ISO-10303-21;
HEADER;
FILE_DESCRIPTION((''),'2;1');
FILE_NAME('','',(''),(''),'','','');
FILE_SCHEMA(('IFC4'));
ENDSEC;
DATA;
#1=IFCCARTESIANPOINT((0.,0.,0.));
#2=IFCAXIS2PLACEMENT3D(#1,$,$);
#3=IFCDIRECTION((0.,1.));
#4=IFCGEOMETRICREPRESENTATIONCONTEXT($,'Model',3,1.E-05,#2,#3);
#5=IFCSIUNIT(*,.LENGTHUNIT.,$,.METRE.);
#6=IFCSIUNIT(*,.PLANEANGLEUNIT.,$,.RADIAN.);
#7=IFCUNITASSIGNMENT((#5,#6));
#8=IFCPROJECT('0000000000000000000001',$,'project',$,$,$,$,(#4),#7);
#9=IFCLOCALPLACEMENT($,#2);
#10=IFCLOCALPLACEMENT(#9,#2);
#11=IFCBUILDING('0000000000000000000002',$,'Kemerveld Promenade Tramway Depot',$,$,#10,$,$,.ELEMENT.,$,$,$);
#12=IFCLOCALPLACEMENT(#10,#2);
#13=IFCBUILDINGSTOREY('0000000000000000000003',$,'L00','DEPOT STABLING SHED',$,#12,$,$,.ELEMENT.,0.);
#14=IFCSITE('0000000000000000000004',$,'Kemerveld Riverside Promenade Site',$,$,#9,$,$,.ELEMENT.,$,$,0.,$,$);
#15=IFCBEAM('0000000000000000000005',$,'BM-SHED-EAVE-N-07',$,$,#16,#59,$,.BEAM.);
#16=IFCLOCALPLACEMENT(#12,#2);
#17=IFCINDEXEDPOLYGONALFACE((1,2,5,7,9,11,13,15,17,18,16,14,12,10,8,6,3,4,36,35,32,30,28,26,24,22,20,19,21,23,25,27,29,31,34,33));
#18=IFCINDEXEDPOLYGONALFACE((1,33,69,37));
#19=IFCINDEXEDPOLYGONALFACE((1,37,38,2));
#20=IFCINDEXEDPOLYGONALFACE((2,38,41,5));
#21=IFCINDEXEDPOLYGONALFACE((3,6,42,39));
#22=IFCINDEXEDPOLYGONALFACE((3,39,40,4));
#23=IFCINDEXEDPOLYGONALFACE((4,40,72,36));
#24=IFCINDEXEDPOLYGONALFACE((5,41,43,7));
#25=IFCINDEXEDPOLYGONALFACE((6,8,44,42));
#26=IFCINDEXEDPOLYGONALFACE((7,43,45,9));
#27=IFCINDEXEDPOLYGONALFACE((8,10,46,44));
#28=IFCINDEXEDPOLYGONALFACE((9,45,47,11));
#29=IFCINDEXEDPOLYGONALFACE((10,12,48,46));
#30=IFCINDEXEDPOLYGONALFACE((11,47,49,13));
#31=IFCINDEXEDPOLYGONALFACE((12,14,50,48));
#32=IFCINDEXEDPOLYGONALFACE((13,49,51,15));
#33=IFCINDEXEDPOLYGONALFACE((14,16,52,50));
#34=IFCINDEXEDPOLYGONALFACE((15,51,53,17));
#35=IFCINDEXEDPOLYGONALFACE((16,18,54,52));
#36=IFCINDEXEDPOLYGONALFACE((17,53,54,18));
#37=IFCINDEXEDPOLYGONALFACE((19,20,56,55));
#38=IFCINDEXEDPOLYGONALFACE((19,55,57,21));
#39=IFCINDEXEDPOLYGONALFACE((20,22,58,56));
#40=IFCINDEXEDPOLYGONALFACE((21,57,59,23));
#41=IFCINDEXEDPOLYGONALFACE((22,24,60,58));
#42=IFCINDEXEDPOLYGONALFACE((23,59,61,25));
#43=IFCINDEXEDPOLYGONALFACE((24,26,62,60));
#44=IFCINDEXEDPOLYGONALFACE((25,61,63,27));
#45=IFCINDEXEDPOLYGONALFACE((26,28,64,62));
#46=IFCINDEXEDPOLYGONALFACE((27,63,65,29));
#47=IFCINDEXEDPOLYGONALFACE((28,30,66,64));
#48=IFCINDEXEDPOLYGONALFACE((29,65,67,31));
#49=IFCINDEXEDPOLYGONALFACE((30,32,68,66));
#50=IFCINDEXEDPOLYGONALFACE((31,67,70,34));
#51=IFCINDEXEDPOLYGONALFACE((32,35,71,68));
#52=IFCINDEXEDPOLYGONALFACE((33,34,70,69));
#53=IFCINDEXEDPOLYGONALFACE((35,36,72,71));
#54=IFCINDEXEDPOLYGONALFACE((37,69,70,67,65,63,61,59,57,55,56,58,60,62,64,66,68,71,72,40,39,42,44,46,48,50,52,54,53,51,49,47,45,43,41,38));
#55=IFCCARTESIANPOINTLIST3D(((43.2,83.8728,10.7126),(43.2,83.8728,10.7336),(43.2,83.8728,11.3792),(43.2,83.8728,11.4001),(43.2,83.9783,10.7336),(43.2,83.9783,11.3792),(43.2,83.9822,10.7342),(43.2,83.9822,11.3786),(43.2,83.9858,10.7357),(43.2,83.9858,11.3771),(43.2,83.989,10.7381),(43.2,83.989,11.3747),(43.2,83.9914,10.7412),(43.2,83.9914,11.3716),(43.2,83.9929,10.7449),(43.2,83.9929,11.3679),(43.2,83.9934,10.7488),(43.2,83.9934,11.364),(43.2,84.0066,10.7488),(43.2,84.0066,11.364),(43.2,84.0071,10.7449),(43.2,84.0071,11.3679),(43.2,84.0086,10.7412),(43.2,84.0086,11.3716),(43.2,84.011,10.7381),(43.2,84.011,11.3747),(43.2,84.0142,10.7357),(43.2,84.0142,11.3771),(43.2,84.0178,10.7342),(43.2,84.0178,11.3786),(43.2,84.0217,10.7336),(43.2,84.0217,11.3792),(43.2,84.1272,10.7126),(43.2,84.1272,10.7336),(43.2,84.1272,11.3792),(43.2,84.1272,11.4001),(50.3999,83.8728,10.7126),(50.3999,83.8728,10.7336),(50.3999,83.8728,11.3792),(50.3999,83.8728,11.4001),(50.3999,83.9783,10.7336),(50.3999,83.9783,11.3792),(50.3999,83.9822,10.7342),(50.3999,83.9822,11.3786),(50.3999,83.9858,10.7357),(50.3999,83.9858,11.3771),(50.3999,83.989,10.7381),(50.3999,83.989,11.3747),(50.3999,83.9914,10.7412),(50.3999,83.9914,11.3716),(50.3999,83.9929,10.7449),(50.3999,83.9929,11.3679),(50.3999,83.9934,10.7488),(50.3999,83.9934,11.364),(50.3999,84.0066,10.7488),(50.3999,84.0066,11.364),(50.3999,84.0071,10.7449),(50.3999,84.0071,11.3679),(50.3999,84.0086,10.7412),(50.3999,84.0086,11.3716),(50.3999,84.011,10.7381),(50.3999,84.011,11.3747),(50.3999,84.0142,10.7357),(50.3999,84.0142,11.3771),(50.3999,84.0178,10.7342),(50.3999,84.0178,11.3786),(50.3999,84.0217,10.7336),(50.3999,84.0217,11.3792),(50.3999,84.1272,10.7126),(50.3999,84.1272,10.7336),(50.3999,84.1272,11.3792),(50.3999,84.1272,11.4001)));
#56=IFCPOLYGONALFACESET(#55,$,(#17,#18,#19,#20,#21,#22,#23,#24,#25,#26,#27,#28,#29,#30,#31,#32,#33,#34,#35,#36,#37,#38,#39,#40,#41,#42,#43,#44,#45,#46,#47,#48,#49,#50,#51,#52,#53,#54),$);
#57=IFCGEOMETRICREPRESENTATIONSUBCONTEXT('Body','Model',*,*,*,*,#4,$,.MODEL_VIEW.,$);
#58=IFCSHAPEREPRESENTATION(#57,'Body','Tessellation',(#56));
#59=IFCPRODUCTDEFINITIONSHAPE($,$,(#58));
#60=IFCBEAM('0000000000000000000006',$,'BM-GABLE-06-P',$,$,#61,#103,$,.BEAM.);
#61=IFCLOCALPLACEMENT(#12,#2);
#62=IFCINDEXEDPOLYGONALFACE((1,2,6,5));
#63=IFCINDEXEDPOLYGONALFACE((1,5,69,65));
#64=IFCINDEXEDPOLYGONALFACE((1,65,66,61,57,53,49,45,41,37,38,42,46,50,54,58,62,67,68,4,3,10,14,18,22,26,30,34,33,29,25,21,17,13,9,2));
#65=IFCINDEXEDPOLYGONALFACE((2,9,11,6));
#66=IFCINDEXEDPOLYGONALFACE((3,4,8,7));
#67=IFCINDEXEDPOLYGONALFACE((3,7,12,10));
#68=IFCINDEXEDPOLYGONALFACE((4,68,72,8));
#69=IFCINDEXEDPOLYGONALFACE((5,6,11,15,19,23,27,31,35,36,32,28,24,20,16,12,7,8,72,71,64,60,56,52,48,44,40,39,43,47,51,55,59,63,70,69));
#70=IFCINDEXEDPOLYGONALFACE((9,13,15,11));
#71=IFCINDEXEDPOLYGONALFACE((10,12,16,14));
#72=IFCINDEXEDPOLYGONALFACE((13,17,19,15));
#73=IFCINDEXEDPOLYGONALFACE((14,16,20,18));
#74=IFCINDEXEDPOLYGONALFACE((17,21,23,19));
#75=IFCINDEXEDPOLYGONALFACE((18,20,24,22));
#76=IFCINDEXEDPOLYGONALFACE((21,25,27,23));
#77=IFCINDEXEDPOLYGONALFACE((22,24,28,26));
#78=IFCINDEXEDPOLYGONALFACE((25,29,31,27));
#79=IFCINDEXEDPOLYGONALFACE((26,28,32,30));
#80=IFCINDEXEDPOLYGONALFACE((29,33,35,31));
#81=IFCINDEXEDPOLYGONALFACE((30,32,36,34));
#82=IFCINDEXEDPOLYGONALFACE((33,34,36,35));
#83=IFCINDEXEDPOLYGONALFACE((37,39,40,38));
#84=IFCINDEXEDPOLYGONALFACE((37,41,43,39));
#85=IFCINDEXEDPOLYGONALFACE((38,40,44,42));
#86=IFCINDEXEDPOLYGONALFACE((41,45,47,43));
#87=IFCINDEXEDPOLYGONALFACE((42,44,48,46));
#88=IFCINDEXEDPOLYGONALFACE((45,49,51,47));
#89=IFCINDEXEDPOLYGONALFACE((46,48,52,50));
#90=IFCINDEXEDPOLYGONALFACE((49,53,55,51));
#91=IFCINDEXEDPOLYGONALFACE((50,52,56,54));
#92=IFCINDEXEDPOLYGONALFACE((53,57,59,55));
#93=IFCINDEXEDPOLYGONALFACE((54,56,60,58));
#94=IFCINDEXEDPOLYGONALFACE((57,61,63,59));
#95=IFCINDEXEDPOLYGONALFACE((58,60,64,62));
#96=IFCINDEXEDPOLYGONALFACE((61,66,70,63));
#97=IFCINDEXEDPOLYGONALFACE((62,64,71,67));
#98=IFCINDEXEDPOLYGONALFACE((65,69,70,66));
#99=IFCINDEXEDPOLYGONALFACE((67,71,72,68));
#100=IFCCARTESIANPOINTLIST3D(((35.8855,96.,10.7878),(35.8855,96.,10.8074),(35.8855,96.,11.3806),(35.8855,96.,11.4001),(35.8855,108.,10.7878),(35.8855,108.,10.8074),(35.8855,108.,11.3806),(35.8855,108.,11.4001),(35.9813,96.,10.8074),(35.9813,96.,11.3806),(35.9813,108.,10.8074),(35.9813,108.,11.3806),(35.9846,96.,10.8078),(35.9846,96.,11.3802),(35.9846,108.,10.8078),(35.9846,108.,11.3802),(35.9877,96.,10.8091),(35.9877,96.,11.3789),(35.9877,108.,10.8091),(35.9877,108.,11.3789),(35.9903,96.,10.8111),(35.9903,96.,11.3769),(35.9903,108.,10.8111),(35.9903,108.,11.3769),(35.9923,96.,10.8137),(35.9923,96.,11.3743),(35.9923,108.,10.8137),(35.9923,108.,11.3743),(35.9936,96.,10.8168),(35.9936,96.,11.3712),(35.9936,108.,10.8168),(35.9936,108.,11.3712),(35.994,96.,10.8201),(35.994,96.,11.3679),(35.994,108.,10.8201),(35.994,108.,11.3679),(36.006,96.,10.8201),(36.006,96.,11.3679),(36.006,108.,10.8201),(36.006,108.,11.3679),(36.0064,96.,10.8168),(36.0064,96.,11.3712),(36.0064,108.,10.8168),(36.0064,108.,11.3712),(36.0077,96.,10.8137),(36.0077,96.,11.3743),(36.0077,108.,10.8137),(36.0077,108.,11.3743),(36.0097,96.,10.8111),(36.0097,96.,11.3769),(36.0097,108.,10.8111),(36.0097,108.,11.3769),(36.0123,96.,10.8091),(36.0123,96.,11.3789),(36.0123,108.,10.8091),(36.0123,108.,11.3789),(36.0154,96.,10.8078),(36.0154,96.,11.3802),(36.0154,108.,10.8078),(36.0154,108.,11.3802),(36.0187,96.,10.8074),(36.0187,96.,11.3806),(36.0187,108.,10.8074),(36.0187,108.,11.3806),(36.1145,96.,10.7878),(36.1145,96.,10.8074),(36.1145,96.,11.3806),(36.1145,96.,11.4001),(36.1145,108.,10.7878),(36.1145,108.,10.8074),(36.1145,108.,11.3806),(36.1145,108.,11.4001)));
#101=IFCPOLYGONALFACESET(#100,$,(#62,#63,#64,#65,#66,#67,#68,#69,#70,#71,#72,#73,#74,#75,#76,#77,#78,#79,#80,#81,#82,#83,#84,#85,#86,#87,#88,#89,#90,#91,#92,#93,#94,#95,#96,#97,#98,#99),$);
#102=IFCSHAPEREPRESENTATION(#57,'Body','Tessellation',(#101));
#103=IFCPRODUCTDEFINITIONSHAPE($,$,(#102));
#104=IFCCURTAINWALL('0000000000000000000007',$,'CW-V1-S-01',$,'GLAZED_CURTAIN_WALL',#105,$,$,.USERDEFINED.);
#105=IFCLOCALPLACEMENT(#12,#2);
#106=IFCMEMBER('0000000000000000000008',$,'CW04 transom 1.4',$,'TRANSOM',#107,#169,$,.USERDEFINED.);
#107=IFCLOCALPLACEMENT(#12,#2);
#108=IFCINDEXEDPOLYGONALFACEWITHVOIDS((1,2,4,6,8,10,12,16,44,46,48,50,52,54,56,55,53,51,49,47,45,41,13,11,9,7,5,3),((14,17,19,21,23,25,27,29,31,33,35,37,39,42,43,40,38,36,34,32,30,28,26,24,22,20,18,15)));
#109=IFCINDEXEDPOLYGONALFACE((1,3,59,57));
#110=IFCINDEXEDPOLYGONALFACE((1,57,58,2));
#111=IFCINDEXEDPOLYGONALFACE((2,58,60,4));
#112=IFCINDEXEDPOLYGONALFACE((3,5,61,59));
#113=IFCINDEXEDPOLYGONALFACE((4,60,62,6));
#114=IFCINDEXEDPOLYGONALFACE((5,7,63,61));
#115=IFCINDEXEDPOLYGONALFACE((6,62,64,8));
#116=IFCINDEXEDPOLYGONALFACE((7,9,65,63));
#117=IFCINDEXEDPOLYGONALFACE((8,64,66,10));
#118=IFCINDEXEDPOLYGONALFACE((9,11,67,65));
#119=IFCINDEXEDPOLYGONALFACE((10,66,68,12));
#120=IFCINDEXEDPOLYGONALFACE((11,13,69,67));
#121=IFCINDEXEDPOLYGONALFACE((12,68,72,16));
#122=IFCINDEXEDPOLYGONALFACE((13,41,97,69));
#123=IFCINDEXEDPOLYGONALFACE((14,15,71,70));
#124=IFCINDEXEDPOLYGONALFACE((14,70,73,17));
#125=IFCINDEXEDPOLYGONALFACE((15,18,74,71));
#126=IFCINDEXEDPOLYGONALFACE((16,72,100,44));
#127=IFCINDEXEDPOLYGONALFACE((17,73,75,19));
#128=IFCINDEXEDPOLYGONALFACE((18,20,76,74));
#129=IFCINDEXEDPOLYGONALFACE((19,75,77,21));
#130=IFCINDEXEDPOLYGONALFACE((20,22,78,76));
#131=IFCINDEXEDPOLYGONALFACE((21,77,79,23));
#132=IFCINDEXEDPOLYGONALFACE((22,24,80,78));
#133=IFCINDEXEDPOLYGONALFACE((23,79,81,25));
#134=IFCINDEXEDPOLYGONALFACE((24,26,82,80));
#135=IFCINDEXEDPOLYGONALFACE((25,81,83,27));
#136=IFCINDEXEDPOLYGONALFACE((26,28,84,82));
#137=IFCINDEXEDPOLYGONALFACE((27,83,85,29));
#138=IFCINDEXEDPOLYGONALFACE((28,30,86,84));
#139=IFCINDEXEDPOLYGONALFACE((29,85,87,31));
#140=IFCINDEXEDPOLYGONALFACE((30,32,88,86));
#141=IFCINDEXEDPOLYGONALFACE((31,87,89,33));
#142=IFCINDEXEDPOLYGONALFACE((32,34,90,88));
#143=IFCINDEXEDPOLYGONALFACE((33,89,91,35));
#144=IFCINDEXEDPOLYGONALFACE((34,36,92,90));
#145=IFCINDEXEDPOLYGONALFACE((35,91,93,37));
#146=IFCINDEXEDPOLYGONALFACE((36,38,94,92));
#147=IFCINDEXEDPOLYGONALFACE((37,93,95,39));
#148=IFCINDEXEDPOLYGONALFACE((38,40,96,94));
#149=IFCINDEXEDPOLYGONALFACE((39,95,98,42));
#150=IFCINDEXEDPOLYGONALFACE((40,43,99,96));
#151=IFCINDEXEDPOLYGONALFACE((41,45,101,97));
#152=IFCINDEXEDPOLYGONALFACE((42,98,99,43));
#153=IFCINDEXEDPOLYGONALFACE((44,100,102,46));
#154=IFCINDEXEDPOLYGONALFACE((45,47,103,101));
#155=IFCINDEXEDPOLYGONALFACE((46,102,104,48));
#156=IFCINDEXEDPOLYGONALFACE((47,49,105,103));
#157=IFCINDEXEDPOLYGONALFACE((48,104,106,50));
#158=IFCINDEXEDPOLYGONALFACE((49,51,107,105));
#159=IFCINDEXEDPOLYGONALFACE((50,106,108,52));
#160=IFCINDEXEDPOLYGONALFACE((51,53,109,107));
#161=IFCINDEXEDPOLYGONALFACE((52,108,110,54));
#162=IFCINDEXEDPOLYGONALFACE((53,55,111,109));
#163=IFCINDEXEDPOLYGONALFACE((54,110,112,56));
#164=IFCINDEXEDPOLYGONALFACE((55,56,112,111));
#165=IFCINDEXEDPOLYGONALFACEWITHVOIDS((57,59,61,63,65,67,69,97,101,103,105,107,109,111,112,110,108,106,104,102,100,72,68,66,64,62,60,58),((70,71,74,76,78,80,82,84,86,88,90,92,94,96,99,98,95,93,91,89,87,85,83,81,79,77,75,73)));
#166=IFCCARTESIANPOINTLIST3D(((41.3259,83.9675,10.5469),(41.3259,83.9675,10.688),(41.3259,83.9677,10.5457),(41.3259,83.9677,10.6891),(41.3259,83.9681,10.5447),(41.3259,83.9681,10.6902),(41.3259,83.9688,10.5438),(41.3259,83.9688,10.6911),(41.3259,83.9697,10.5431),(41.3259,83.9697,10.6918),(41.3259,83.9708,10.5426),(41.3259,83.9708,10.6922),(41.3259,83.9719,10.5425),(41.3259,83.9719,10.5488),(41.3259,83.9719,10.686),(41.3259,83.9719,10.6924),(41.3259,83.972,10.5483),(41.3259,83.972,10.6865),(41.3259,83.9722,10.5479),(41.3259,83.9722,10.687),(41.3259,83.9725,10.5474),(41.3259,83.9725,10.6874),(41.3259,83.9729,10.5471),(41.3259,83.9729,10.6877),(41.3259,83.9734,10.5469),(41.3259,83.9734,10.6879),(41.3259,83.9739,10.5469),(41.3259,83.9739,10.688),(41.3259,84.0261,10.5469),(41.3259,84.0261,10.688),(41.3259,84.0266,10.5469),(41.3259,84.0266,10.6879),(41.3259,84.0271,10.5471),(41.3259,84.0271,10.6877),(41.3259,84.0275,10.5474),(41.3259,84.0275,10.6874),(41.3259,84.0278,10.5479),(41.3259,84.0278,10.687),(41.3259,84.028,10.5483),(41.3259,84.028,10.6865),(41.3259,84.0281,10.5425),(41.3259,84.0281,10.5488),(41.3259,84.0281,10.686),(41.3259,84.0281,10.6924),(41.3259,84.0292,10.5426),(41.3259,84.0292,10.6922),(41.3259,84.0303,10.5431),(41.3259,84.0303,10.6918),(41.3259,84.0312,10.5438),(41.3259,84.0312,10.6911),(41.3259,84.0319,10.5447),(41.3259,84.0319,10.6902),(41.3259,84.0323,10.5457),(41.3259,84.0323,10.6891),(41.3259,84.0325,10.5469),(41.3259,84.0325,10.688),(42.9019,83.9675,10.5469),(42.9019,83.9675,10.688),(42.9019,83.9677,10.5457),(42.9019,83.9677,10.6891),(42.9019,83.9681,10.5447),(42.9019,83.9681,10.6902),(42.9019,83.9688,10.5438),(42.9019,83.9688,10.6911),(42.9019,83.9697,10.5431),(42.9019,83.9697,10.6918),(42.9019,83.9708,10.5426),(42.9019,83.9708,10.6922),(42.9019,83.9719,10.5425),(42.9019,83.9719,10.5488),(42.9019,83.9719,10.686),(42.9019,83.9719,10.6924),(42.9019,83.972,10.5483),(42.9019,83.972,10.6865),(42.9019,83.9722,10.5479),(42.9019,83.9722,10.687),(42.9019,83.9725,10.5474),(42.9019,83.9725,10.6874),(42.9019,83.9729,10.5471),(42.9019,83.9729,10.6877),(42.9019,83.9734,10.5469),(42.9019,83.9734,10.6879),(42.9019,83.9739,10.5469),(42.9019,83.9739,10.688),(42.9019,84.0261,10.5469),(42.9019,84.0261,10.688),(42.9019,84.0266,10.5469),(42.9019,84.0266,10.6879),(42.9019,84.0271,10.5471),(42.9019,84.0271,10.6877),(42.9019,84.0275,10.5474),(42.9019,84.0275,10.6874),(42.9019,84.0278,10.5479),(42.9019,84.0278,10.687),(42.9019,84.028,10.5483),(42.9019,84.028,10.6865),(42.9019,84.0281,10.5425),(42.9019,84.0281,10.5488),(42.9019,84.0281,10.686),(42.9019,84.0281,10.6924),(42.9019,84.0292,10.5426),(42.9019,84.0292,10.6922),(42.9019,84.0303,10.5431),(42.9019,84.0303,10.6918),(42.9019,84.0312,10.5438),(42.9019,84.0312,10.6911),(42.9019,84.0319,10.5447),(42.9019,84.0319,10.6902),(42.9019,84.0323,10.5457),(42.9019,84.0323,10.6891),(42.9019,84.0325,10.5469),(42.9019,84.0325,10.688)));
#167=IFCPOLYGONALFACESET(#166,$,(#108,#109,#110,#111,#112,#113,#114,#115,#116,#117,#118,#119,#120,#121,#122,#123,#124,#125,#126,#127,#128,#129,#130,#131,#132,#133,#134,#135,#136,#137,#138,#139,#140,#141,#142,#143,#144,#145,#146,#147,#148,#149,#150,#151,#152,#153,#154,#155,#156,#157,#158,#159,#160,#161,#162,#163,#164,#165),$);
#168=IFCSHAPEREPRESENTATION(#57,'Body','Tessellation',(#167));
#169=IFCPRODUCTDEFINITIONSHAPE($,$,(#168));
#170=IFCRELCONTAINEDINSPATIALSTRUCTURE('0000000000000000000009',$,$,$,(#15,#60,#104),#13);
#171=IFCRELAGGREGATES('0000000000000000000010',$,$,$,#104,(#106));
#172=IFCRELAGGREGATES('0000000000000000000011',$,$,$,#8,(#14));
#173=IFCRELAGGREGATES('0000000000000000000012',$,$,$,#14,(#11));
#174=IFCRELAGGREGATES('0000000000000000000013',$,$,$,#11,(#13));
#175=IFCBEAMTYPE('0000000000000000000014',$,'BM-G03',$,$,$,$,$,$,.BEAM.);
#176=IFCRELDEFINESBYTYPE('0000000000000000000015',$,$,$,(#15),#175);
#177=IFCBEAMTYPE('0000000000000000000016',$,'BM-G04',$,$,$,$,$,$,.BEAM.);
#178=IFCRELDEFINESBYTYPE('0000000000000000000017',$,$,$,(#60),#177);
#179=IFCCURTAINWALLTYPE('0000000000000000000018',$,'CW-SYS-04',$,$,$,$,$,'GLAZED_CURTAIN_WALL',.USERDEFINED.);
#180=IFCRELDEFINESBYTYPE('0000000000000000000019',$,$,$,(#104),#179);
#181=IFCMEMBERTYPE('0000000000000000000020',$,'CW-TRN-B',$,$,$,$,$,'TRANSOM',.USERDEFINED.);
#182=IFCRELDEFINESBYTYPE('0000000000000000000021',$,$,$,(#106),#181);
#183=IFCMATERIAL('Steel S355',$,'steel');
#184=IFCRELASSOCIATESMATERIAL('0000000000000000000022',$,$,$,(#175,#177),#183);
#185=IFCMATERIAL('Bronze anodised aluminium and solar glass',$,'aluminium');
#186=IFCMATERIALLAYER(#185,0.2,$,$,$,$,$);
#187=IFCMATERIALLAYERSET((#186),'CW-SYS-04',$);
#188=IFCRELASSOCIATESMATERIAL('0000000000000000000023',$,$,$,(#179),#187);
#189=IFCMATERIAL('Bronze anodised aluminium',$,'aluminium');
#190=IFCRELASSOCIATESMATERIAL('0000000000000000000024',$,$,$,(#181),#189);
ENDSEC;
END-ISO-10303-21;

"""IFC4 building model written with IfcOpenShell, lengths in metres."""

from ifc_helpers import new_model, si_unit, direction, frame, origin, origin_2d, place, context, subcontext, project, spatial, hollow_rectangle, i_section, extrude, material, layer, layer_set, material_profile, profile_set, type_object, element, aggregate, save


model = new_model("IFC4")

# Units and contexts
model_context = context("Model", 3, precision=1e-05, world=origin(), true_north=direction((0.0, 1.0)))
body_context = subcontext(model_context, "Body", "Model", "MODEL_VIEW")
ifc_project = project(units=[si_unit("LENGTHUNIT", "METRE"), si_unit("PLANEANGLEUNIT", "RADIAN")], contexts=[model_context])

# Site, building, storey
site_placement = place(None, origin())
site = spatial("IfcSite", under=ifc_project, at=site_placement, Name="Kemerveld Riverside Promenade Site", CompositionType="ELEMENT", RefElevation=0.0)
building_placement = place(site_placement, origin())
building = spatial("IfcBuilding", under=site, at=building_placement, Name="Kemerveld Promenade Tramway Depot", CompositionType="ELEMENT")
storey_placement = place(building_placement, origin())
storey = spatial("IfcBuildingStorey", under=building, at=storey_placement, Name="L00", Description="DEPOT STABLING SHED", CompositionType="ELEMENT", Elevation=0.0)

# Beams
ifc_material_1 = material(Name="Steel S355", Category="steel")
ifc_material_profile_1 = material_profile(ifc_material_1, i_section(OverallWidth=0.2544, OverallDepth=0.6875, WebThickness=0.0132, FlangeThickness=0.021, FilletRadius=0.0151, at=origin_2d()), Name="686x254x152 UB")
ifc_profile_set_1 = profile_set([ifc_material_profile_1], Name="Steel S355")
beam_type_1 = type_object("IfcBeamType", Name="BM-G03", PredefinedType="BEAM", material=ifc_profile_set_1)
beam_1_placement = place(storey_placement, frame((43.2, 84.0, 11.0564), z_axis=(1.0, 0.0, 0.0), x_axis=(0.0, 1.0, 0.0)))
element("IfcBeam", 1, at=beam_1_placement, inside=storey, type_object=beam_type_1, Name="BM-SHED-EAVE-N-07", PredefinedType="BEAM", context=body_context, shape_type="SweptSolid", body=[
    extrude(i_section(OverallWidth=0.2544, OverallDepth=0.6875, WebThickness=0.0132, FlangeThickness=0.021, FilletRadius=0.0151, at=origin_2d()), origin(), (0.0, 0.0, 1.0), 7.2),
])
ifc_material_profile_2 = material_profile(ifc_material_1, i_section(OverallWidth=0.229, OverallDepth=0.6123, WebThickness=0.012, FlangeThickness=0.0195, FilletRadius=0.0127, at=origin_2d()), Name="610x229x125 UB")
ifc_profile_set_2 = profile_set([ifc_material_profile_2], Name="Steel S355")
beam_type_2 = type_object("IfcBeamType", Name="BM-G04", PredefinedType="BEAM", material=ifc_profile_set_2)
beam_2_placement = place(storey_placement, frame((36.0, 96.0, 11.094), z_axis=(0.0, 1.0, 0.0), x_axis=(-1.0, 0.0, 0.0)))
element("IfcBeam", 2, at=beam_2_placement, inside=storey, type_object=beam_type_2, Name="BM-GABLE-06-P", PredefinedType="BEAM", context=body_context, shape_type="SweptSolid", body=[
    extrude(i_section(OverallWidth=0.229, OverallDepth=0.6123, WebThickness=0.012, FlangeThickness=0.0195, FilletRadius=0.0127, at=origin_2d()), origin(), (0.0, 0.0, 1.0), 12.0),
])

# Curtain wall, member
ifc_material_2 = material(Name="Bronze anodised aluminium and solar glass", Category="aluminium")
ifc_layer_1 = layer(ifc_material_2, 0.2)
ifc_layer_set_1 = layer_set([ifc_layer_1], Name="CW-SYS-04")
curtain_wall_type_1 = type_object("IfcCurtainWallType", Name="CW-SYS-04", ElementType="GLAZED_CURTAIN_WALL", PredefinedType="USERDEFINED", material=ifc_layer_set_1)
curtain_wall_1_placement = place(storey_placement, origin())
curtain_wall_1 = element("IfcCurtainWall", 3, at=curtain_wall_1_placement, inside=storey, type_object=curtain_wall_type_1, Name="CW-V1-S-01", ObjectType="GLAZED_CURTAIN_WALL", PredefinedType="USERDEFINED")
ifc_material_3 = material(Name="Bronze anodised aluminium", Category="aluminium")
ifc_material_profile_3 = material_profile(ifc_material_3, hollow_rectangle(XDim=0.0649, YDim=0.1499, WallThickness=0.0044, InnerFilletRadius=0.002, OuterFilletRadius=0.0044, at=origin_2d()), Name="CW-TRN-150x65")
ifc_profile_set_3 = profile_set([ifc_material_profile_3], Name="Bronze anodised aluminium")
member_type_1 = type_object("IfcMemberType", Name="CW-TRN-B", ElementType="TRANSOM", PredefinedType="USERDEFINED", material=ifc_profile_set_3)
member_1_placement = place(storey_placement, frame((42.9019, 84.0, 10.6174), z_axis=(-1.0, 0.0, 0.0), x_axis=(0.0, -1.0, 0.0)))
member_1 = element("IfcMember", 4, at=member_1_placement, type_object=member_type_1, Name="CW04 transom 1.4", ObjectType="TRANSOM", PredefinedType="USERDEFINED", context=body_context, shape_type="SweptSolid", body=[
    extrude(hollow_rectangle(XDim=0.0649, YDim=0.1499, WallThickness=0.0044, InnerFilletRadius=0.002, OuterFilletRadius=0.0044, at=origin_2d()), origin(), (0.0, 0.0, 1.0), 1.5759),
])
aggregate(curtain_wall_1, [member_1])

save(model, "model.ifc")
